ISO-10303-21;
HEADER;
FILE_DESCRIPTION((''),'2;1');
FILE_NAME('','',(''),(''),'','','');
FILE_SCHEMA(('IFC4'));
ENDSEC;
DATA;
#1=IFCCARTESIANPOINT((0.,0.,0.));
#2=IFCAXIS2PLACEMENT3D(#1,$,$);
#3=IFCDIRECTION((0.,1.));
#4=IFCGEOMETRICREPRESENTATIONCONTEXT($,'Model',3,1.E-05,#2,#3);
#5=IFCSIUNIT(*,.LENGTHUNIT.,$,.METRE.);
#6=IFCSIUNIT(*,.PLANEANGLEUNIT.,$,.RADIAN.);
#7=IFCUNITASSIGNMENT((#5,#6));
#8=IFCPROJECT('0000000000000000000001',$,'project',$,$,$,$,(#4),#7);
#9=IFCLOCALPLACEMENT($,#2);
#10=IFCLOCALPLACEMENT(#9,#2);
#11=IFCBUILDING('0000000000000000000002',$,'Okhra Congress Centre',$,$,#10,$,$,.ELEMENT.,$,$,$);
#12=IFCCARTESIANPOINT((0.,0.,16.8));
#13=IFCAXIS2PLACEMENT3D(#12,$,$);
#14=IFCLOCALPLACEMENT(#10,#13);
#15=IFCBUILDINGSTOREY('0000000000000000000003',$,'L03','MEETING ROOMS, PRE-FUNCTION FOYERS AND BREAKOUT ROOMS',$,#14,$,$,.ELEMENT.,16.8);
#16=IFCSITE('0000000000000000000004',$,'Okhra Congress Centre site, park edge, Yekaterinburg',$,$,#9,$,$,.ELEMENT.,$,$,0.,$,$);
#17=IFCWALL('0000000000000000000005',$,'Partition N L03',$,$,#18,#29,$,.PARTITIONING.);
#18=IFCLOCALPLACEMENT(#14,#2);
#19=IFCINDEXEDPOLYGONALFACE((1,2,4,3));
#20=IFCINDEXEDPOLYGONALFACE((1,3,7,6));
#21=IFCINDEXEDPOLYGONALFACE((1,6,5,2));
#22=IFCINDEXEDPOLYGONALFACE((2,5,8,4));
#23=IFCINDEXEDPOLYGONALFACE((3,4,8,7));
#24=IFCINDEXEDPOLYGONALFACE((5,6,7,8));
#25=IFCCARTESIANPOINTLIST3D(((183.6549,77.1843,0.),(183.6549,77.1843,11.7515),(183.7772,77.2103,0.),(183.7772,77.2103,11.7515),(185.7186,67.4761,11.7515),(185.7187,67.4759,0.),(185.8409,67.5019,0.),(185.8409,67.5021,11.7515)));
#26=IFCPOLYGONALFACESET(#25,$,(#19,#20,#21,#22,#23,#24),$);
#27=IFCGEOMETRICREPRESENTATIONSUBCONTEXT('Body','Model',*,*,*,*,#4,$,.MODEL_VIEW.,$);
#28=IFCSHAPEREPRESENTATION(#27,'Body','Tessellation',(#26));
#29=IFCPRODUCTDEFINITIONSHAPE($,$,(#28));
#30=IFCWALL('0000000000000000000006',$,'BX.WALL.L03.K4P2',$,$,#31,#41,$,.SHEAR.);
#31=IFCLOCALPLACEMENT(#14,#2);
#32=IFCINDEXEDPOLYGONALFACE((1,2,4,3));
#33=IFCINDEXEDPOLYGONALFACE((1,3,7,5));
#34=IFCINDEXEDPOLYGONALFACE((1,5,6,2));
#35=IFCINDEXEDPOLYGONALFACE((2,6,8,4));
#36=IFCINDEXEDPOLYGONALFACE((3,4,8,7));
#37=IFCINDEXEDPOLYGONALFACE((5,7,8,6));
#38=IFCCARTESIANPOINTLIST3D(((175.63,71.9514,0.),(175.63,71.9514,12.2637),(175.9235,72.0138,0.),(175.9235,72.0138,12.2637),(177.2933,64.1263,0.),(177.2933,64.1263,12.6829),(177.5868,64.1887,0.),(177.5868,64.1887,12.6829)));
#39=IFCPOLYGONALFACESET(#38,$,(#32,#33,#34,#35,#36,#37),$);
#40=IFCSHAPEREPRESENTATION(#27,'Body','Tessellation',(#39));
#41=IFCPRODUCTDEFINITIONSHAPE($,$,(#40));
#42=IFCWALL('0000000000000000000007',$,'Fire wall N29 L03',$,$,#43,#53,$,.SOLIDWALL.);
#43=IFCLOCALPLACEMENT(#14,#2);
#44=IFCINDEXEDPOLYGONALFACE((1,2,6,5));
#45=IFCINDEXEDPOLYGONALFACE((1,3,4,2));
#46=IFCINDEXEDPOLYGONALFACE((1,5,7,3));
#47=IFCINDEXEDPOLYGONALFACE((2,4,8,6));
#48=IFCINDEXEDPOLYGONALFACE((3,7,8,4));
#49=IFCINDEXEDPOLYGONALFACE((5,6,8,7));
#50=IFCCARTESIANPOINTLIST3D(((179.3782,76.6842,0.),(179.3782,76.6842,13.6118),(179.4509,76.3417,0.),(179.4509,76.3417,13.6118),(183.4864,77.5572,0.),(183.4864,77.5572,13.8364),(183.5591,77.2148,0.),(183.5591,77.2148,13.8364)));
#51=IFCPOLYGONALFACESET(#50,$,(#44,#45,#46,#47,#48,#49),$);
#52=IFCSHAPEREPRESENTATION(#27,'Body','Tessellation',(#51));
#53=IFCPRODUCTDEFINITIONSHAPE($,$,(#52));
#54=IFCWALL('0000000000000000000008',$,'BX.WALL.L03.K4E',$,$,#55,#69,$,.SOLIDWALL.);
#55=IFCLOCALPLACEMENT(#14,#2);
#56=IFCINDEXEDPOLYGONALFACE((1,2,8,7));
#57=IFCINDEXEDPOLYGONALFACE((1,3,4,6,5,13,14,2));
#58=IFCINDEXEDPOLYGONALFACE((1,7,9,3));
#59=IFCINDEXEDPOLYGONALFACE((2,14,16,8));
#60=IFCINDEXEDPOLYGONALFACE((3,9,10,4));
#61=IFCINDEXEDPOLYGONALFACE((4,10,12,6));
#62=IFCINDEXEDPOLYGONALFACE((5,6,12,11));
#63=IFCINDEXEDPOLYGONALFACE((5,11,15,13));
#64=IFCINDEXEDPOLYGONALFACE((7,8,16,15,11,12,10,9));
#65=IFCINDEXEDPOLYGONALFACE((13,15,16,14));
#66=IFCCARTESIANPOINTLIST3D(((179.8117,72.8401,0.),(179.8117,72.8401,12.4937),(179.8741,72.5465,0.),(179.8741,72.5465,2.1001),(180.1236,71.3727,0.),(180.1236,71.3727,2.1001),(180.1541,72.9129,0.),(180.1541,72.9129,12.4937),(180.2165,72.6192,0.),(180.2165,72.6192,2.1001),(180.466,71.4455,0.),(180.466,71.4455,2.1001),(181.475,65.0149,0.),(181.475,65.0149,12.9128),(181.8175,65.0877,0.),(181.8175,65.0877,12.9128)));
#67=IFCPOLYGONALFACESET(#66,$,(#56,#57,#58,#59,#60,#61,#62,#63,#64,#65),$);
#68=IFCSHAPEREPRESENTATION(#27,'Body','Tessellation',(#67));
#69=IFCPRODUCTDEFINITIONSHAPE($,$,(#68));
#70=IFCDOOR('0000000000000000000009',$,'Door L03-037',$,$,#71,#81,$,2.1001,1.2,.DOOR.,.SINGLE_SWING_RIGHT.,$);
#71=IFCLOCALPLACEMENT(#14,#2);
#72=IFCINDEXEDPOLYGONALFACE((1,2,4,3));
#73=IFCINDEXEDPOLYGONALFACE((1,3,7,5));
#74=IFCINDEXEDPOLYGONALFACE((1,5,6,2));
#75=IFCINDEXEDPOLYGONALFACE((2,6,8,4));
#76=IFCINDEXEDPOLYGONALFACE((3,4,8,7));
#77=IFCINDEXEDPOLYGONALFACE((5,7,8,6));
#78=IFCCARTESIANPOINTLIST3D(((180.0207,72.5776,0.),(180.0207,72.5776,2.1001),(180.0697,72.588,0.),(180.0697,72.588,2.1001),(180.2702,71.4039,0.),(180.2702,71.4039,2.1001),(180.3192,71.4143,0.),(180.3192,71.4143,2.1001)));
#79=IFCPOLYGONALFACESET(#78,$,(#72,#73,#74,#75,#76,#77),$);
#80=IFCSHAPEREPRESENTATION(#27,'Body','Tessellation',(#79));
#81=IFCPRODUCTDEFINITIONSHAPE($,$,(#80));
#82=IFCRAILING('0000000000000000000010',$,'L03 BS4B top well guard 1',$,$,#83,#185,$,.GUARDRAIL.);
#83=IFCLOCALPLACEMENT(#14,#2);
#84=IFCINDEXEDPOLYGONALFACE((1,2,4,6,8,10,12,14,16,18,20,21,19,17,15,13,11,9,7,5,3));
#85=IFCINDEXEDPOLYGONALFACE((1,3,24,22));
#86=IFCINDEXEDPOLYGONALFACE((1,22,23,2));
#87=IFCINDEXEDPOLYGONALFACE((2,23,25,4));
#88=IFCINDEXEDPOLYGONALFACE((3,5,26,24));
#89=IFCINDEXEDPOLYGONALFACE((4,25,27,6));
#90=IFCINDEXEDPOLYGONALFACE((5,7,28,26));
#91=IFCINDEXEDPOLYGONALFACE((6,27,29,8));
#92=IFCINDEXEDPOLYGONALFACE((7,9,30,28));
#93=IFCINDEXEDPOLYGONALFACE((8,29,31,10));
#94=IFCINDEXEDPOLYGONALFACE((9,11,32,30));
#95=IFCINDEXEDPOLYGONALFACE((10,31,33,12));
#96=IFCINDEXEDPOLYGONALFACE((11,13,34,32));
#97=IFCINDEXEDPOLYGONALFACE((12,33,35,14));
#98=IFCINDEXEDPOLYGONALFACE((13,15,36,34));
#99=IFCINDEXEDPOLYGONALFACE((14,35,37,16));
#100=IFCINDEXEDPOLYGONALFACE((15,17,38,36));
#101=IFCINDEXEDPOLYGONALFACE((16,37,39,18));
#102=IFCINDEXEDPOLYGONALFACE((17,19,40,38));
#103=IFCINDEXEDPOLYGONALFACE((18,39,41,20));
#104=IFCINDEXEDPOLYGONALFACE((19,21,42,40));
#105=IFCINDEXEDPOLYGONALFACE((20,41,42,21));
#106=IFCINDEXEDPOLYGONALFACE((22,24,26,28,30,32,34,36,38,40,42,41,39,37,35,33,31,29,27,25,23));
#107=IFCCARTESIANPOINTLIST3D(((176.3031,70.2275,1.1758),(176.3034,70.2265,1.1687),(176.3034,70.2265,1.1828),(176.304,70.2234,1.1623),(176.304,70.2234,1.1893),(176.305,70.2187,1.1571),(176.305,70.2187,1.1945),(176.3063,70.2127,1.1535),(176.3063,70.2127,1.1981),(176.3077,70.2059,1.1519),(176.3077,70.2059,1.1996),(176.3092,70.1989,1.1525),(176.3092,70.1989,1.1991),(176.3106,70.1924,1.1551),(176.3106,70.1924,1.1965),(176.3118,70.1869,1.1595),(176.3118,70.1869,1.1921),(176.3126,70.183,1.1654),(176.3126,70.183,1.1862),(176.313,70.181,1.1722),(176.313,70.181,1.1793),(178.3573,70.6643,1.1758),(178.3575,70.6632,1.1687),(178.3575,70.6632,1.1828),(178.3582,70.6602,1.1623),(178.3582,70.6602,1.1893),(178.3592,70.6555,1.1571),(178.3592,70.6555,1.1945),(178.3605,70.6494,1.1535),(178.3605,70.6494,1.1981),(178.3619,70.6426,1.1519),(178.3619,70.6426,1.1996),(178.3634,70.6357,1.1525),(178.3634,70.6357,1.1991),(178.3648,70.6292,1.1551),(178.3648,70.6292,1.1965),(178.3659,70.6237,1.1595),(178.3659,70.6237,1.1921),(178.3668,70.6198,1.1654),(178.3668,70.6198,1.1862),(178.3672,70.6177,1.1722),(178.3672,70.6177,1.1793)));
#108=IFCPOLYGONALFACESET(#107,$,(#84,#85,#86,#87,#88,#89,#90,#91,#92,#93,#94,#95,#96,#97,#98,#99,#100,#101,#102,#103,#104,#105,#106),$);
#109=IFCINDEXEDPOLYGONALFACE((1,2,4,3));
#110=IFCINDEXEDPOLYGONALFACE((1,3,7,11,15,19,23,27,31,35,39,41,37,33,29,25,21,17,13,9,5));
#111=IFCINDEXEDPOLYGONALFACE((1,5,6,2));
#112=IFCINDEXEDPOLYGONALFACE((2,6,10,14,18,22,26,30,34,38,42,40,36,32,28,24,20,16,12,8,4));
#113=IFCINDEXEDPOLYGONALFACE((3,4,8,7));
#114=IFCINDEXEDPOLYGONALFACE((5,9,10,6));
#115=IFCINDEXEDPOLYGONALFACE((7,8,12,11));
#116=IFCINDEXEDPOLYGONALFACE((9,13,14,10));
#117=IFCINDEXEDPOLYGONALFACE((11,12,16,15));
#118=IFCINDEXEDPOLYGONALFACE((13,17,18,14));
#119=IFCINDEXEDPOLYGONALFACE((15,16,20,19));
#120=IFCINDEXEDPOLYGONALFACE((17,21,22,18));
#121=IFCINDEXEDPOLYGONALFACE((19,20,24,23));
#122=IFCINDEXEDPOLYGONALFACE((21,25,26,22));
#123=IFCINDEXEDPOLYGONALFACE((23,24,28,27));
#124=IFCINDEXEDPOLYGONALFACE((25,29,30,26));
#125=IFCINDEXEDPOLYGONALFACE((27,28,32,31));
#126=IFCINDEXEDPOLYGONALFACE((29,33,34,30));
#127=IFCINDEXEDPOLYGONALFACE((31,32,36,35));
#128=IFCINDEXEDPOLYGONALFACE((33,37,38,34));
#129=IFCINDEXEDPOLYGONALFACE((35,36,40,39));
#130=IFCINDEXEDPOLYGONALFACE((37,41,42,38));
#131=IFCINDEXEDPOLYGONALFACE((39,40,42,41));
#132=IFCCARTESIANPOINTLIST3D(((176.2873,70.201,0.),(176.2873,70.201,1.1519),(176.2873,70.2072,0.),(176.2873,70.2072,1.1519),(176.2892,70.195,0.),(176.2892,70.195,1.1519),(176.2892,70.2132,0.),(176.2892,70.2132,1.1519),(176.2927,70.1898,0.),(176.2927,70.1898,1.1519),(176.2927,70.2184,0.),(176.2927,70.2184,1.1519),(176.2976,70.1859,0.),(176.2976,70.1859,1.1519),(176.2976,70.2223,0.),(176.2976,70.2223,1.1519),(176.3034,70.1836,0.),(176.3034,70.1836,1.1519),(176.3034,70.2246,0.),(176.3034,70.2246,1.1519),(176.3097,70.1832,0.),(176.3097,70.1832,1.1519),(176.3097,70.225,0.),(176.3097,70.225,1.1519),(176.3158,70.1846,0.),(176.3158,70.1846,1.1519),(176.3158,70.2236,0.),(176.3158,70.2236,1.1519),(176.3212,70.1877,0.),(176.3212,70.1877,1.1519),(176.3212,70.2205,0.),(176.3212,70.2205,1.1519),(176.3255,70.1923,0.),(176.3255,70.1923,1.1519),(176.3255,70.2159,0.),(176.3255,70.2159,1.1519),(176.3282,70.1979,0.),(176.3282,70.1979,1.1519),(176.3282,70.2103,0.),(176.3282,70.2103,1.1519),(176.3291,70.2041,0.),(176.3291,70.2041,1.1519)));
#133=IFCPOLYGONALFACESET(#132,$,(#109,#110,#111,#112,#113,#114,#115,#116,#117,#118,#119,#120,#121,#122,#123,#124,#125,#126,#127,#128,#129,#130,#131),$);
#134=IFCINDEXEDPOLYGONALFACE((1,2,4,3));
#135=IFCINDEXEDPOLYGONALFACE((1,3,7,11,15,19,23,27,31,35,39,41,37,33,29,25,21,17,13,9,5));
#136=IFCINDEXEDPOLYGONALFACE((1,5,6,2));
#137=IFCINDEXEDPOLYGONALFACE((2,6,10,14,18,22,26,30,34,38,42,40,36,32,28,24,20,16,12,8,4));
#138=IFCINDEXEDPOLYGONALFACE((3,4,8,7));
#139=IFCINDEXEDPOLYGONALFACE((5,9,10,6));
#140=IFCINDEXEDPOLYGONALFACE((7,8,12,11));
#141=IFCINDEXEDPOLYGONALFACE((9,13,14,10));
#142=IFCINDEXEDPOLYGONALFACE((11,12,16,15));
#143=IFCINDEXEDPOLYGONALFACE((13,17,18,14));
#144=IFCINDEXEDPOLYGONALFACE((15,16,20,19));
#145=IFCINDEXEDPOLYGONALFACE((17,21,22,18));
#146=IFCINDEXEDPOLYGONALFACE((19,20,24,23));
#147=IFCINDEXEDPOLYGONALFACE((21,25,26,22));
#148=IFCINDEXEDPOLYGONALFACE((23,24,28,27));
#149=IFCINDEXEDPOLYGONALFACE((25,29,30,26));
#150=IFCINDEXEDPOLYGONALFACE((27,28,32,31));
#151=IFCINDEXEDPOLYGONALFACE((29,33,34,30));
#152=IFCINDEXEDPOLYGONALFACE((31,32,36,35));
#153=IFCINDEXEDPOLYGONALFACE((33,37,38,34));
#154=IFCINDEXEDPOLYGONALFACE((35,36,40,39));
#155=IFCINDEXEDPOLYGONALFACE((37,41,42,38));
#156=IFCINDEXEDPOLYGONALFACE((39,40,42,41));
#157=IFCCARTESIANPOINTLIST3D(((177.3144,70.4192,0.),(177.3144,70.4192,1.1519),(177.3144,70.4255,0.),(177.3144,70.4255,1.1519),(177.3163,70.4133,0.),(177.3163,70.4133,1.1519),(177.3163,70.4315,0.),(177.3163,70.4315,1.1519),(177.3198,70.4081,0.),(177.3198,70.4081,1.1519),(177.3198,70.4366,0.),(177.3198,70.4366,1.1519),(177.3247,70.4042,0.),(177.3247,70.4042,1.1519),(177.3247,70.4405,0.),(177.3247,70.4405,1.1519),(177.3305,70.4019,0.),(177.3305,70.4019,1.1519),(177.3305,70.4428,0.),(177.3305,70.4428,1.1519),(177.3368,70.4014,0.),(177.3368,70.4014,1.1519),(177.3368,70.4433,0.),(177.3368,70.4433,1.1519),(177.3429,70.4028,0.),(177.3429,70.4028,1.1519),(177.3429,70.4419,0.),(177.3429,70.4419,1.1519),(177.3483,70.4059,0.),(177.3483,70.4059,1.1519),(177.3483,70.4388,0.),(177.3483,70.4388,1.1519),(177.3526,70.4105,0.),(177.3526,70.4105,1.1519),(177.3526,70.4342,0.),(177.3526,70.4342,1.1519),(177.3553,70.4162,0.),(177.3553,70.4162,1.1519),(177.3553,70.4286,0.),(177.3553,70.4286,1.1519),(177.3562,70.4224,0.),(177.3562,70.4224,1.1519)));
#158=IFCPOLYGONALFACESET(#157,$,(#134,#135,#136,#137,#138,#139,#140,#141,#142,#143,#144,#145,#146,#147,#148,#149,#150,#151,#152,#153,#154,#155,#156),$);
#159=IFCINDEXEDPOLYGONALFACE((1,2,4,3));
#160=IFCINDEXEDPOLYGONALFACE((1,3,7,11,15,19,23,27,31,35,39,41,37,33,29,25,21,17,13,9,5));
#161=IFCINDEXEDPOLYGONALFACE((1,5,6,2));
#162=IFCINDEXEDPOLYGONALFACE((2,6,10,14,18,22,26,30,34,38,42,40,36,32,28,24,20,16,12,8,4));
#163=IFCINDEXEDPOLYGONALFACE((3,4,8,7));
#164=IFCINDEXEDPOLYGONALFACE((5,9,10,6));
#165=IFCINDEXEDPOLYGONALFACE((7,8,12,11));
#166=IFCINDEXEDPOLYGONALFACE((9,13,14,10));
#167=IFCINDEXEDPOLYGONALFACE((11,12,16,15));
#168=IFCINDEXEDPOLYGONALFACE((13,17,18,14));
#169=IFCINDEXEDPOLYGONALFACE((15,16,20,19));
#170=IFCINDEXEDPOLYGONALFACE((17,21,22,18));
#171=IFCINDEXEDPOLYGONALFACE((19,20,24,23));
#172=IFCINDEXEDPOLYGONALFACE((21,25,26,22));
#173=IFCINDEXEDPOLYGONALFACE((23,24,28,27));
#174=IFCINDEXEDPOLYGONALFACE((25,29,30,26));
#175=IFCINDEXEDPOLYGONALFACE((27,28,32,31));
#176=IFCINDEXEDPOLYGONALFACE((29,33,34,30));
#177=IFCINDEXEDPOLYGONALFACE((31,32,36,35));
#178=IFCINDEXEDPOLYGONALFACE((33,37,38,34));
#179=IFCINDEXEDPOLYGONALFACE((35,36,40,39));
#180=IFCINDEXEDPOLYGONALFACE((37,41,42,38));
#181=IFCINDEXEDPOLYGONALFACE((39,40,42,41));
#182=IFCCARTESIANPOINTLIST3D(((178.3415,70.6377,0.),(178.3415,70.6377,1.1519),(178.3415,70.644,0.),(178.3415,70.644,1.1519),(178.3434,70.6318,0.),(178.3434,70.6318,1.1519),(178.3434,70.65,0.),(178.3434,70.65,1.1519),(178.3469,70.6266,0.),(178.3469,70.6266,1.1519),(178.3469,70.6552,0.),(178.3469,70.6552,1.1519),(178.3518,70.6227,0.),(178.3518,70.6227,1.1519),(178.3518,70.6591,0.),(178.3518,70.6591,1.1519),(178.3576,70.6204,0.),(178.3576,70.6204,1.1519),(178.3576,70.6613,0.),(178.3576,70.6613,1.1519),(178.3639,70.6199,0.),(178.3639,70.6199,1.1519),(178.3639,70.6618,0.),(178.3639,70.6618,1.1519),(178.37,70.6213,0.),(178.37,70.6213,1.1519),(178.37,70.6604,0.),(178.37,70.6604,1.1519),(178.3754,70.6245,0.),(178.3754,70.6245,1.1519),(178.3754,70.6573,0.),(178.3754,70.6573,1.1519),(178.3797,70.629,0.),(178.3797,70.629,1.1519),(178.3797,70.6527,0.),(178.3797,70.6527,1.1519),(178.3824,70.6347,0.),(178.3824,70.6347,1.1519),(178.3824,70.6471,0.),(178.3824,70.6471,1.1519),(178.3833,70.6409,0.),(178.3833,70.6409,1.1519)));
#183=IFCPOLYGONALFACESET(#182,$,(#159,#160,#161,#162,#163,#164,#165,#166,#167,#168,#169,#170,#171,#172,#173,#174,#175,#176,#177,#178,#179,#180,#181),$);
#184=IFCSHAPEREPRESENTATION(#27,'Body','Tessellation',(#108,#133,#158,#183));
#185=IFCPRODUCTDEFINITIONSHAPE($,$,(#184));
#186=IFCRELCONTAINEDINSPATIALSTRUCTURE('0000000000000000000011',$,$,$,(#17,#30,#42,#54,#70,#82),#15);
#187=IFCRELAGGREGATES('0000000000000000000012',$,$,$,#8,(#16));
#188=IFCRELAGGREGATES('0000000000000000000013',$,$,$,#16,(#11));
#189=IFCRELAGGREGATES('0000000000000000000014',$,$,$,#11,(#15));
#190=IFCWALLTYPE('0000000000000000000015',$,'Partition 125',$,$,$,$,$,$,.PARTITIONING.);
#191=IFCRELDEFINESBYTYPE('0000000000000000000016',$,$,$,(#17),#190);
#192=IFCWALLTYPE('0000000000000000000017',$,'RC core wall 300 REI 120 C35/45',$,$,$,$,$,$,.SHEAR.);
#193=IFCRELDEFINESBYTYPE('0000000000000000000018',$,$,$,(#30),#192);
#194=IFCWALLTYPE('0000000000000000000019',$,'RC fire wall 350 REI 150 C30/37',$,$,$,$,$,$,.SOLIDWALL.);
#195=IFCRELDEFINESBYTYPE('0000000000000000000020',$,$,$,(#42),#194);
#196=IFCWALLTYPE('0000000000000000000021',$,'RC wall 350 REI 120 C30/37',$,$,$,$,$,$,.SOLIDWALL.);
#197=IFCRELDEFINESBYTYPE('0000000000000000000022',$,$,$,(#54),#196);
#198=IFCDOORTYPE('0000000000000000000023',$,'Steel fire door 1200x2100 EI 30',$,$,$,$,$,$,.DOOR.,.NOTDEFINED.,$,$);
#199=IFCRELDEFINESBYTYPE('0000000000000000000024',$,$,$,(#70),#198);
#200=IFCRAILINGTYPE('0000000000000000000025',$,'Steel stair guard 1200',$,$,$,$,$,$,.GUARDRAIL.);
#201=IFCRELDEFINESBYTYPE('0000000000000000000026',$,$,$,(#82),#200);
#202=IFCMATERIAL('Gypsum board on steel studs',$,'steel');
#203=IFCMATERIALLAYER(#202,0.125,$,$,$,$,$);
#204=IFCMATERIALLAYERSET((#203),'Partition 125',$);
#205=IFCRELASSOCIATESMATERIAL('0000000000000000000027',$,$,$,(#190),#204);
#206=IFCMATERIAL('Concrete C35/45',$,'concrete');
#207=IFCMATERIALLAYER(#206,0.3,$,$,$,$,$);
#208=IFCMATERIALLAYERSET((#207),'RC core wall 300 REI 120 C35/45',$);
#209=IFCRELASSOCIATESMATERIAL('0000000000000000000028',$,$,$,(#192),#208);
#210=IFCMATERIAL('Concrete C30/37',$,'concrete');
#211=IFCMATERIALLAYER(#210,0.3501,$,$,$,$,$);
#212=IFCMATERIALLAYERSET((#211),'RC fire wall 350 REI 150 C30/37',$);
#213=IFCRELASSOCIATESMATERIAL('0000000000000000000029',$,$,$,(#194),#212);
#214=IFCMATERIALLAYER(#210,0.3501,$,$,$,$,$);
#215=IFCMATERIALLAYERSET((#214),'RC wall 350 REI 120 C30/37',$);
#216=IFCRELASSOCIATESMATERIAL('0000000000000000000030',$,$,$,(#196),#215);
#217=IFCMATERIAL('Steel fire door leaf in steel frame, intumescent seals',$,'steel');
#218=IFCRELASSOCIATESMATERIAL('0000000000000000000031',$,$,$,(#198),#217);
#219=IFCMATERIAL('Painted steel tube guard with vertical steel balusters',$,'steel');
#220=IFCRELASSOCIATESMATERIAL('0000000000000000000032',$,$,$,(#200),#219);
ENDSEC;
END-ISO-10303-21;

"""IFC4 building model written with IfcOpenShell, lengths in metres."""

from ifc_helpers import new_model, si_unit, direction, frame, frame_2d, origin, origin_2d, place, context, subcontext, project, spatial, polyline, rectangle, circle, outline, extrude, material, layer, layer_set, type_object, element, fill, save


model = new_model("IFC4")

# Units and contexts
model_context = context("Model", 3, precision=1e-05, world=origin(), true_north=direction((0.0, 1.0)))
body_context = subcontext(model_context, "Body", "Model", "MODEL_VIEW")
ifc_project = project(units=[si_unit("LENGTHUNIT", "METRE"), si_unit("PLANEANGLEUNIT", "RADIAN")], contexts=[model_context])

# Site, building, storey
site_placement = place(None, origin())
site = spatial("IfcSite", under=ifc_project, at=site_placement, Name="Okhra Congress Centre site, park edge, Yekaterinburg", CompositionType="ELEMENT", RefElevation=0.0)
building_placement = place(site_placement, origin())
building = spatial("IfcBuilding", under=site, at=building_placement, Name="Okhra Congress Centre", CompositionType="ELEMENT")
storey_placement = place(building_placement, frame((0.0, 0.0, 16.8)))
storey = spatial("IfcBuildingStorey", under=building, at=storey_placement, Name="L03", Description="MEETING ROOMS, PRE-FUNCTION FOYERS AND BREAKOUT ROOMS", CompositionType="ELEMENT", Elevation=16.8)

# Walls
ifc_material_1 = material(Name="Gypsum board on steel studs", Category="steel")
ifc_layer_1 = layer(ifc_material_1, 0.125)
ifc_layer_set_1 = layer_set([ifc_layer_1], Name="Partition 125")
wall_type_1 = type_object("IfcWallType", Name="Partition 125", PredefinedType="PARTITIONING", material=ifc_layer_set_1)
wall_1_placement = place(storey_placement, frame((183.7161, 77.1973, 0.0), z_axis=(0.0, 0.0, 1.0), x_axis=(0.207928, -0.978144, 0.0)))
element("IfcWall", 1, at=wall_1_placement, inside=storey, type_object=wall_type_1, Name="Partition N L03", PredefinedType="PARTITIONING", context=body_context, shape_type="SweptSolid", body=[
    extrude(outline(polyline([(0.0, 0.0), (9.9253, 0.0), (9.925, 11.7515), (0.0, 11.7515), (0.0, 0.0)])), frame((0.0, 0.0625, 0.0), z_axis=(0.0, -1.0, 0.0), x_axis=(1.0, 0.0, 0.0)), (0.0, 0.0, 1.0), 0.125),
])
ifc_material_2 = material(Name="Concrete C35/45", Category="concrete")
ifc_layer_2 = layer(ifc_material_2, 0.3)
ifc_layer_set_2 = layer_set([ifc_layer_2], Name="RC core wall 300 REI 120 C35/45")
wall_type_2 = type_object("IfcWallType", Name="RC core wall 300 REI 120 C35/45", PredefinedType="SHEAR", material=ifc_layer_set_2)
wall_2_placement = place(storey_placement, frame((175.7769, 71.9827, 0.0), z_axis=(0.0, 0.0, 1.0), x_axis=(0.207916, -0.978147, 0.0)))
element("IfcWall", 2, at=wall_2_placement, inside=storey, type_object=wall_type_2, Name="BX.WALL.L03.K4P2", PredefinedType="SHEAR", context=body_context, shape_type="SweptSolid", body=[
    extrude(outline(polyline([(0.0, 0.0), (8.0, 0.0), (8.0, 12.6829), (0.0, 12.2637), (0.0, 0.0)])), frame((0.0, 0.1499, 0.0), z_axis=(0.0, -1.0, 0.0), x_axis=(1.0, 0.0, 0.0)), (0.0, 0.0, 1.0), 0.3),
])
ifc_material_3 = material(Name="Concrete C30/37", Category="concrete")
ifc_layer_3 = layer(ifc_material_3, 0.3501)
ifc_layer_set_3 = layer_set([ifc_layer_3], Name="RC fire wall 350 REI 150 C30/37")
wall_type_3 = type_object("IfcWallType", Name="RC fire wall 350 REI 150 C30/37", PredefinedType="SOLIDWALL", material=ifc_layer_set_3)
wall_3_placement = place(storey_placement, frame((179.4146, 76.5129, 0.0), z_axis=(0.0, 0.0, 1.0), x_axis=(0.978156, 0.207873, 0.0)))
element("IfcWall", 3, at=wall_3_placement, inside=storey, type_object=wall_type_3, Name="Fire wall N29 L03", PredefinedType="SOLIDWALL", context=body_context, shape_type="SweptSolid", body=[
    extrude(outline(polyline([(0.0, 0.0), (4.2, 0.0), (4.2, 13.8364), (0.0, 13.6118), (0.0, 0.0)])), frame((0.0, 0.175, 0.0), z_axis=(0.0, -1.0, 0.0), x_axis=(1.0, 0.0, 0.0)), (0.0, 0.0, 1.0), 0.3501),
])

# Wall, opening, door
ifc_layer_4 = layer(ifc_material_3, 0.3501)
ifc_layer_set_4 = layer_set([ifc_layer_4], Name="RC wall 350 REI 120 C30/37")
wall_type_4 = type_object("IfcWallType", Name="RC wall 350 REI 120 C30/37", PredefinedType="SOLIDWALL", material=ifc_layer_set_4)
wall_4_placement = place(storey_placement, frame((179.9829, 72.8765, 0.0), z_axis=(0.0, 0.0, 1.0), x_axis=(0.207916, -0.978147, 0.0)))
wall_4 = element("IfcWall", 4, at=wall_4_placement, inside=storey, type_object=wall_type_4, Name="BX.WALL.L03.K4E", PredefinedType="SOLIDWALL", context=body_context, shape_type="SweptSolid", body=[
    extrude(outline(polyline([(0.0, 0.0), (8.0, 0.0), (8.0, 12.9128), (0.0, 12.4937), (0.0, 0.0)])), frame((0.0, 0.175, 0.0), z_axis=(0.0, -1.0, 0.0), x_axis=(1.0, 0.0, 0.0)), (0.0, 0.0, 1.0), 0.3501),
])
opening_placement = place(wall_4_placement, frame((0.3, 0.0, 0.0)))
opening = element("IfcOpeningElement", 5, at=opening_placement, cuts=wall_4, PredefinedType="OPENING", context=body_context, shape_type="SweptSolid", body=[
    extrude(rectangle(XDim=1.2, YDim=2.1001, at=frame_2d((0.6001, 1.05))), frame((0.0, 0.1851, 0.0), z_axis=(0.0, -1.0, 0.0), x_axis=(1.0, 0.0, 0.0)), (0.0, 0.0, 1.0), 0.3701),
])
ifc_material_4 = material(Name="Steel fire door leaf in steel frame, intumescent seals", Category="steel")
door_type = type_object("IfcDoorType", Name="Steel fire door 1200x2100 EI 30", OperationType="NOTDEFINED", PredefinedType="DOOR", material=ifc_material_4)
door_placement = place(opening_placement, origin())
door = element("IfcDoor", 6, at=door_placement, inside=storey, type_object=door_type, Name="Door L03-037", OperationType="SINGLE_SWING_RIGHT", OverallHeight=2.1001, OverallWidth=1.2, PredefinedType="DOOR", context=body_context, shape_type="SweptSolid", body=[
    extrude(rectangle(XDim=1.2, YDim=2.1001, at=frame_2d((0.6001, 1.05))), frame((0.0, 0.0249, 0.0), z_axis=(0.0, -1.0, 0.0), x_axis=(1.0, 0.0, 0.0)), (0.0, 0.0, 1.0), 0.05),
])
fill(opening, door)

# Railing
ifc_material_5 = material(Name="Painted steel tube guard with vertical steel balusters", Category="steel")
railing_type = type_object("IfcRailingType", Name="Steel stair guard 1200", PredefinedType="GUARDRAIL", material=ifc_material_5)
railing_placement = place(storey_placement, frame((176.3081, 70.2041, 0.0)))
element("IfcRailing", 7, at=railing_placement, inside=storey, type_object=railing_type, Name="L03 BS4B top well guard 1", PredefinedType="GUARDRAIL", context=body_context, shape_type="SweptSolid", body=[
    extrude(circle(Radius=0.0239, at=origin_2d()), frame((0.0, 0.0, 1.1758), z_axis=(0.978135, 0.207973, 0.0), x_axis=(-0.207973, 0.978135, 0.0)), (0.0, 0.0, 1.0), 2.1001),
    extrude(circle(Radius=0.021, at=origin_2d()), origin(), (0.0, 0.0, 1.0), 1.1519),
    extrude(circle(Radius=0.021, at=origin_2d()), frame((1.0271, 0.2183, 0.0)), (0.0, 0.0, 1.0), 1.1519),
    extrude(circle(Radius=0.021, at=origin_2d()), frame((2.0542, 0.4368, 0.0)), (0.0, 0.0, 1.0), 1.1519),
])

save(model, "model.ifc")
